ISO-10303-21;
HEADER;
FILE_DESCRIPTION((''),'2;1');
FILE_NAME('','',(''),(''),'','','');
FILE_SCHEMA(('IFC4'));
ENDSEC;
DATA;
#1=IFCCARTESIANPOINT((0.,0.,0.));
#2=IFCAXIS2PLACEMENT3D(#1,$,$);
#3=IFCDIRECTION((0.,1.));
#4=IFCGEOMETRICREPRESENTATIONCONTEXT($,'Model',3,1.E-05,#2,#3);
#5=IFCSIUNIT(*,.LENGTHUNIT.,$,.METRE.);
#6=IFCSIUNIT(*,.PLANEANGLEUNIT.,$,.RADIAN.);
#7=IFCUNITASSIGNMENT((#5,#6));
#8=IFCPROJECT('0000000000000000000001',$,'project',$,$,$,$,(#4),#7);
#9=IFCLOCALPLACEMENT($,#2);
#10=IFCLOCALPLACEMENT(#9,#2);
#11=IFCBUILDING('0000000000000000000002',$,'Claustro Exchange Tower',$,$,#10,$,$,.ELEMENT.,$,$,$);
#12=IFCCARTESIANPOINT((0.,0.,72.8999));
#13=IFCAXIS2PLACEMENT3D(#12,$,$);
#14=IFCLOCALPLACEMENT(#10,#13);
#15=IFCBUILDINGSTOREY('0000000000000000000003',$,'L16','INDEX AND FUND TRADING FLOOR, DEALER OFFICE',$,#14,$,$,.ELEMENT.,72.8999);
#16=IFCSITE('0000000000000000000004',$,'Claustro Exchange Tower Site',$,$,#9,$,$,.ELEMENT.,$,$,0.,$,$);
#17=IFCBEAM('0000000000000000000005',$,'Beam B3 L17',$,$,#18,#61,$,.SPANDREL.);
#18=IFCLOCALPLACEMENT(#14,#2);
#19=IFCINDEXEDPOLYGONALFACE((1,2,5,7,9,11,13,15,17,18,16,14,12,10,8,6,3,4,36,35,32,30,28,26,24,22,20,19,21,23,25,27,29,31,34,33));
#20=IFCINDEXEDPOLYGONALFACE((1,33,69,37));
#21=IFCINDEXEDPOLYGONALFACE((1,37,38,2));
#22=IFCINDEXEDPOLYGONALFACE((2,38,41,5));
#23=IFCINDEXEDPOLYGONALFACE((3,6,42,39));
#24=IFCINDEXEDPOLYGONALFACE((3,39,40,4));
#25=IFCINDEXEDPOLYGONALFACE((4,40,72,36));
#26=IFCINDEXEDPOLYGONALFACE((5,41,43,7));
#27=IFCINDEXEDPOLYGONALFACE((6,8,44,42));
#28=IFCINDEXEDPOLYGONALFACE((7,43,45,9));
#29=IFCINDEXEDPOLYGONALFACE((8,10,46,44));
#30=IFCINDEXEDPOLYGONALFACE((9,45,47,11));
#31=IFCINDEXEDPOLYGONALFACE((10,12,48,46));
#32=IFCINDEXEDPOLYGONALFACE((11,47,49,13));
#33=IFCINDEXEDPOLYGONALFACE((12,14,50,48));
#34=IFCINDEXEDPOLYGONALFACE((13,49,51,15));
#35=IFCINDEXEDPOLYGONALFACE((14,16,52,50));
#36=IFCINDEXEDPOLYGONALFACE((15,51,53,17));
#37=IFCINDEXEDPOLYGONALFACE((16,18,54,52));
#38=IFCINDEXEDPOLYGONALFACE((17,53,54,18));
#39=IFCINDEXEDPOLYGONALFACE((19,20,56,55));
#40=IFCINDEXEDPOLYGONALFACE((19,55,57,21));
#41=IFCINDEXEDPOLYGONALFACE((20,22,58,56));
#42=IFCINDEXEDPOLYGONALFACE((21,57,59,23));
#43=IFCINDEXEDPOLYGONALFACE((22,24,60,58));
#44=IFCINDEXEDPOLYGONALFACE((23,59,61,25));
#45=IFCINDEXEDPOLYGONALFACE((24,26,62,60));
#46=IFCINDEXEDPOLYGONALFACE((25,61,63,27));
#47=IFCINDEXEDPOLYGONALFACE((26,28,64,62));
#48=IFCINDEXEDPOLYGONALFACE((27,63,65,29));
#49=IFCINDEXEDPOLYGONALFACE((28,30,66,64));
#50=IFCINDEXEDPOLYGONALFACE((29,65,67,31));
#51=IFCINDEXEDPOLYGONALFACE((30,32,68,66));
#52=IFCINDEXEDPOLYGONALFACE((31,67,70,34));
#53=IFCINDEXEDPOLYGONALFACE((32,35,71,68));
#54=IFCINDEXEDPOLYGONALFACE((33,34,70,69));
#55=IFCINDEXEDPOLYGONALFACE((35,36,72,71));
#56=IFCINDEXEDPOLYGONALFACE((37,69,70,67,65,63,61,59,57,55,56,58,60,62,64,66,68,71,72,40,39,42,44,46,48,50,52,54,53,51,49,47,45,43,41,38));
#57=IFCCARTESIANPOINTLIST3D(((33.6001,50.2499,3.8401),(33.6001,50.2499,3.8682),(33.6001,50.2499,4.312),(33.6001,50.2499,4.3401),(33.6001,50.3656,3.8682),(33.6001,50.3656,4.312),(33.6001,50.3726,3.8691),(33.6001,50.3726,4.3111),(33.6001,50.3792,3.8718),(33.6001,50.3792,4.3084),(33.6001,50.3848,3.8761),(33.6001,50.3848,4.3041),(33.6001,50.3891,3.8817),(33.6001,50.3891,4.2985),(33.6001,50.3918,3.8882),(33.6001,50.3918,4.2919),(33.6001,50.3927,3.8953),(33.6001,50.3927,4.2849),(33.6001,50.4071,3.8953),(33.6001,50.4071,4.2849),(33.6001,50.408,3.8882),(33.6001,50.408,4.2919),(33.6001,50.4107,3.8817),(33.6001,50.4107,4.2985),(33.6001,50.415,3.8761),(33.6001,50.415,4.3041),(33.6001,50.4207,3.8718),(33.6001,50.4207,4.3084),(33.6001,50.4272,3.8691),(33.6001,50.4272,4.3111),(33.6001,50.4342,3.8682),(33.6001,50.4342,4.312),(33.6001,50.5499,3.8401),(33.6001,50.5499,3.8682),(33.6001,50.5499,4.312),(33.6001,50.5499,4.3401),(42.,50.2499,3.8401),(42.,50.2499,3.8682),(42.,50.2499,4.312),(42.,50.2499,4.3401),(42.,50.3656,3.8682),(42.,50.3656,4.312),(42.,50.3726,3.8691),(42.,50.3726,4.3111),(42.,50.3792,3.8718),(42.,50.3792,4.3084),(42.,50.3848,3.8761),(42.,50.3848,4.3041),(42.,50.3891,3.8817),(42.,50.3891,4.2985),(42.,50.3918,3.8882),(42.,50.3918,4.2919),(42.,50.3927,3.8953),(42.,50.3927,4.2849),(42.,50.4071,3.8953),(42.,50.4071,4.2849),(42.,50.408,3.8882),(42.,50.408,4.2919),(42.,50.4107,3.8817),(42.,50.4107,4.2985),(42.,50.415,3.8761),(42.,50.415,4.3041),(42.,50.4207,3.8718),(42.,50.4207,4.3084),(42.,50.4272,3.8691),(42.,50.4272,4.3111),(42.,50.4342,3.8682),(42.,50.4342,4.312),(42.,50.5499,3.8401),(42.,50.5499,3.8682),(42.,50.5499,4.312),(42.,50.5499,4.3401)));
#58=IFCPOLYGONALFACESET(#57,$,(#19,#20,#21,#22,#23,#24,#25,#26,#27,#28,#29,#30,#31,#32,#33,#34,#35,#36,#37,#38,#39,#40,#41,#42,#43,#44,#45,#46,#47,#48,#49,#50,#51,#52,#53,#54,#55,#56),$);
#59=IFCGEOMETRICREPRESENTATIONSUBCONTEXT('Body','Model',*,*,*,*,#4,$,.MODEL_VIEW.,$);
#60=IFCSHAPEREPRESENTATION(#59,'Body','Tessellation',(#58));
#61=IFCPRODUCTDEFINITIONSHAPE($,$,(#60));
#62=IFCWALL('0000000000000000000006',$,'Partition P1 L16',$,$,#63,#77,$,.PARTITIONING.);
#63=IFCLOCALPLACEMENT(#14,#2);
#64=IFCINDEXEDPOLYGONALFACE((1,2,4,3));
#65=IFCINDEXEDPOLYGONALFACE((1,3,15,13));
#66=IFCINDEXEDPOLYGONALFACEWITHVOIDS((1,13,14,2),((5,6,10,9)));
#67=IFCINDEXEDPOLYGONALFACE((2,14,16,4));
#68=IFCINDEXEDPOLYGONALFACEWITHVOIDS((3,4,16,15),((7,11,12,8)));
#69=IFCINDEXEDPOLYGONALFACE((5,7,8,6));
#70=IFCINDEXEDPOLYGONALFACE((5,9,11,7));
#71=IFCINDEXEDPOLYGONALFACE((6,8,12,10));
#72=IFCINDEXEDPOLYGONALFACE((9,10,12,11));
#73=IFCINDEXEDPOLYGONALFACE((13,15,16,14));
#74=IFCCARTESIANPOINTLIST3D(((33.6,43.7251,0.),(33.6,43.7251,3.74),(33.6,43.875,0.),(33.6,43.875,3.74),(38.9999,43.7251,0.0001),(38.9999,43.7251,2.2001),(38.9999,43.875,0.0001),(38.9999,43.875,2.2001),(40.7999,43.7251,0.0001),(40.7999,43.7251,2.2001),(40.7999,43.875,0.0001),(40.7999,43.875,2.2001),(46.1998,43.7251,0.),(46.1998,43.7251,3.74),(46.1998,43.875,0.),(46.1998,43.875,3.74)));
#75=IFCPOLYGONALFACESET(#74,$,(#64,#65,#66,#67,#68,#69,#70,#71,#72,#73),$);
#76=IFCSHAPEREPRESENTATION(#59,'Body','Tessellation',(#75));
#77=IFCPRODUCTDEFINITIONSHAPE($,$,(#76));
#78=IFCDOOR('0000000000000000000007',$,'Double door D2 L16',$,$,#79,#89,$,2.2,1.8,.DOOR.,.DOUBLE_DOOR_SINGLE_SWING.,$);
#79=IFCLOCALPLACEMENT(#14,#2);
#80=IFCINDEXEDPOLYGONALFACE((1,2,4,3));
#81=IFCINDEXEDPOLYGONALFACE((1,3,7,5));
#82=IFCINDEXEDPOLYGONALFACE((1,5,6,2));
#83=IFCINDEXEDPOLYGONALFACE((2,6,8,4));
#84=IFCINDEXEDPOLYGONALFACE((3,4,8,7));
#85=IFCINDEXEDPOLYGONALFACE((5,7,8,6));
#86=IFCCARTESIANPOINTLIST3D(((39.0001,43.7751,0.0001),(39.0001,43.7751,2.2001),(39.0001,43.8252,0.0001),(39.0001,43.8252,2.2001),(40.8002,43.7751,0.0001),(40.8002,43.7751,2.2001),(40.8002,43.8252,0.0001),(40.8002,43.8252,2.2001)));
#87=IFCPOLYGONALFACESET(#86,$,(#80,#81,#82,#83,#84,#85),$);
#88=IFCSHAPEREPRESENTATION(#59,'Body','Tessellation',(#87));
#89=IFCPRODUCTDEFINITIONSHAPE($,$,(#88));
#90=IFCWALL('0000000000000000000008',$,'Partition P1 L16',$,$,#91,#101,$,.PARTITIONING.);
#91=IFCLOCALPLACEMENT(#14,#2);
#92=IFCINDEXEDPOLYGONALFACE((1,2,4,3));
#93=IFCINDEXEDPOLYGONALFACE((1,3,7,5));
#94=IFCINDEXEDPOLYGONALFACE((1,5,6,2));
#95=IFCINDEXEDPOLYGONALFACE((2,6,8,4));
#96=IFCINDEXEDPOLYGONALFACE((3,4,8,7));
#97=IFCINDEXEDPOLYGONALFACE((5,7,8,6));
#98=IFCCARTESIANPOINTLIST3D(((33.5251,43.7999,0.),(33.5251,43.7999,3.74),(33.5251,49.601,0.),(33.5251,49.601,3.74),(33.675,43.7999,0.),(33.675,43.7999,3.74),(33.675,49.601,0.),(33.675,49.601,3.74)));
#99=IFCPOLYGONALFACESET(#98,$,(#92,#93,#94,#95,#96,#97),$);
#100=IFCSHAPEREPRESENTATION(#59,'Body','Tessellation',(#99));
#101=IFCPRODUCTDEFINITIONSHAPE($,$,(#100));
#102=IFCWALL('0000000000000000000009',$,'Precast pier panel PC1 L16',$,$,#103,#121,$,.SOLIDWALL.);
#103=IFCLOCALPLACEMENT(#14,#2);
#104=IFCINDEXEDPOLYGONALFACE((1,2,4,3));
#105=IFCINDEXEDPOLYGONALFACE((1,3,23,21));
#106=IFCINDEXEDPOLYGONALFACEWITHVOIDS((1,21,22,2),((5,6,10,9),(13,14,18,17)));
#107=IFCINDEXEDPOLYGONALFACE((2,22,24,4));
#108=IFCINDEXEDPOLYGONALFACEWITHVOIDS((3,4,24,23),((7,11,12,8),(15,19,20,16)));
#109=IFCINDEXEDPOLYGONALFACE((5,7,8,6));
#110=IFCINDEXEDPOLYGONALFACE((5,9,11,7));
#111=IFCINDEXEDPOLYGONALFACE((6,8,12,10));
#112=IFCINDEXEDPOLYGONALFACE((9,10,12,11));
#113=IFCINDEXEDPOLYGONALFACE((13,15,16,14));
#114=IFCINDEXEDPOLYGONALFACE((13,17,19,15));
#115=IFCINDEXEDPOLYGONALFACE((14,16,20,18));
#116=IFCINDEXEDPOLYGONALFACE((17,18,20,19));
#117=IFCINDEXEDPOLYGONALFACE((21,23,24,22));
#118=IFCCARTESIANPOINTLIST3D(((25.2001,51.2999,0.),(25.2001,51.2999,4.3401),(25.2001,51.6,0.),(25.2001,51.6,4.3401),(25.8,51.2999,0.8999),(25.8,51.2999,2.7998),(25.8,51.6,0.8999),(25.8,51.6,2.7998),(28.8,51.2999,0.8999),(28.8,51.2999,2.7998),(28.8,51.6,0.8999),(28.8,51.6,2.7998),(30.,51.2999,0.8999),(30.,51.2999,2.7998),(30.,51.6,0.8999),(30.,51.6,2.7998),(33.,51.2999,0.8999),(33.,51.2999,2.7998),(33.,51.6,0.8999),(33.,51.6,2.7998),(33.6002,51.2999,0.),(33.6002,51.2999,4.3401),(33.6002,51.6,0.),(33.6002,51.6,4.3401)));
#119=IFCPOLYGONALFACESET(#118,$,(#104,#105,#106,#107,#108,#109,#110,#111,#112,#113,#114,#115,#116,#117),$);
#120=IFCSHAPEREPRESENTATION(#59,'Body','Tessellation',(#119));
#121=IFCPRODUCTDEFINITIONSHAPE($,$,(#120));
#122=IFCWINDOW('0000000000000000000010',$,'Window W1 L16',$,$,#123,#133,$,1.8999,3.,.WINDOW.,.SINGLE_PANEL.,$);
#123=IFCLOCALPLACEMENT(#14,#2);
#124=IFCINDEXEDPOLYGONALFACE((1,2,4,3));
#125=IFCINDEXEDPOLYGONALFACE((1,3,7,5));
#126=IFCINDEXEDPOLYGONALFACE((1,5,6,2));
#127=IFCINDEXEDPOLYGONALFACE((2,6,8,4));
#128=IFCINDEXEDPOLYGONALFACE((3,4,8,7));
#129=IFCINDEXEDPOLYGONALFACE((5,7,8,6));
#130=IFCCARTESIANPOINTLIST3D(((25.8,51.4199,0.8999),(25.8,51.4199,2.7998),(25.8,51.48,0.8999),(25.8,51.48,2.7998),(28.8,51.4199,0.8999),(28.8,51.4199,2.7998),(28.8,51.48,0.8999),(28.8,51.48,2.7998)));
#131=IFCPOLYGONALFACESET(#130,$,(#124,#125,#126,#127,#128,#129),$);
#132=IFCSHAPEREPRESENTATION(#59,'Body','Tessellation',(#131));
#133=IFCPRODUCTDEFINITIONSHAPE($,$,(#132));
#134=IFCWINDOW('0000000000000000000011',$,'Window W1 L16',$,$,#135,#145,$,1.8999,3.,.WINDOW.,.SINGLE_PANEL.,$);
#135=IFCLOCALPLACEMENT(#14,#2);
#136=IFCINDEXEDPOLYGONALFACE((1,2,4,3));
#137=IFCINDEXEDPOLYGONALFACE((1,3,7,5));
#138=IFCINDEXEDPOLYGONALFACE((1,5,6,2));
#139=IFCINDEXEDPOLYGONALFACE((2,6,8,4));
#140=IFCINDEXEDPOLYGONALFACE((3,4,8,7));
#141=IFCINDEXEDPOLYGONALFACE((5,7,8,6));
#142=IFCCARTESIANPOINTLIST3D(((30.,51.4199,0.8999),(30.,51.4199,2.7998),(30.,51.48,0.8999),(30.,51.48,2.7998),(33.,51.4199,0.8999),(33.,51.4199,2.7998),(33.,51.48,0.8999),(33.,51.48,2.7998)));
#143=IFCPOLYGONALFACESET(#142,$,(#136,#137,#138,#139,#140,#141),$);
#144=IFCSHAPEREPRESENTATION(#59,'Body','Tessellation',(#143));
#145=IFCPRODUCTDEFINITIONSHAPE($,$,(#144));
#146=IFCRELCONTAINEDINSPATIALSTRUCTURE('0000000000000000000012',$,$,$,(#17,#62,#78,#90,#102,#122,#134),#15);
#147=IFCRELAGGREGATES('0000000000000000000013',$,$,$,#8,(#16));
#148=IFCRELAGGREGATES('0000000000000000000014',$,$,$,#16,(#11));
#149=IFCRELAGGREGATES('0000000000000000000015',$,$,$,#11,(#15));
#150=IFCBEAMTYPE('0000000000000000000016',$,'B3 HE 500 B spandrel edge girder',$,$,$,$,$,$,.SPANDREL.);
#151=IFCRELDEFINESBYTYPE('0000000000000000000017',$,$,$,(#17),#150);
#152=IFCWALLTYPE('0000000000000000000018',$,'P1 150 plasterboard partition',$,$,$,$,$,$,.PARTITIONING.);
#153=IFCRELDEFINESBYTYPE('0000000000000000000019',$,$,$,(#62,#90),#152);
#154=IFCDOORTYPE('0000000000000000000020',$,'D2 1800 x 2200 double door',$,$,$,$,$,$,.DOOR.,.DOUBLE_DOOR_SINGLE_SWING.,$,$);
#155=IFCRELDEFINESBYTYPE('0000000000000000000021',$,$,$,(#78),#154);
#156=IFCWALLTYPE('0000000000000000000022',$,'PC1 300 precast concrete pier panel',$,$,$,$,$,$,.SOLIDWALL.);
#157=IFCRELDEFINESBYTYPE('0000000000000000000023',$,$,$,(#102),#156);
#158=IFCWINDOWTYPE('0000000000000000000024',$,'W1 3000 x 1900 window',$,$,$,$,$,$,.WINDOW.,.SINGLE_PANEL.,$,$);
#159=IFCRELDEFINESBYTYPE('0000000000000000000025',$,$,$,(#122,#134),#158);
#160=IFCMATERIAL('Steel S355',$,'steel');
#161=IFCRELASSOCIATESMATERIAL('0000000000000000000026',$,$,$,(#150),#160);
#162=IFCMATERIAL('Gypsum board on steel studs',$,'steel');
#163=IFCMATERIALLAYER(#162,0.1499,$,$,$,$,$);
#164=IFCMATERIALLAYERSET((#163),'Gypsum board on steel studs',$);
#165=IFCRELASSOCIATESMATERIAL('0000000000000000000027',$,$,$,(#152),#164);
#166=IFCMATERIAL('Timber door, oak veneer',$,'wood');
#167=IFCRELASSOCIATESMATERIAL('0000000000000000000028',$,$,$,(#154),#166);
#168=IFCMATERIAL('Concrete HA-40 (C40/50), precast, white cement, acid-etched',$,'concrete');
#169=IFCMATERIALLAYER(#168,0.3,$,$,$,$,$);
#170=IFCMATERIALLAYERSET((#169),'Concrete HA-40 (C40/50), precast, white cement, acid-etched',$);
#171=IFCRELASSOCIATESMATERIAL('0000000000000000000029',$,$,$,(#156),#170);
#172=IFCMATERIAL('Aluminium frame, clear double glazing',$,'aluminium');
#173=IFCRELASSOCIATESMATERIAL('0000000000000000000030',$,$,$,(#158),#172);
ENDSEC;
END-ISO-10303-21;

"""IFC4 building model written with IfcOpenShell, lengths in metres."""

from ifc_helpers import new_model, si_unit, direction, frame, frame_2d, origin, origin_2d, place, context, subcontext, project, spatial, rectangle, i_section, extrude, material, layer, layer_set, material_profile, profile_set, type_object, element, fill, save


model = new_model("IFC4")

# Units and contexts
model_context = context("Model", 3, precision=1e-05, world=origin(), true_north=direction((0.0, 1.0)))
body_context = subcontext(model_context, "Body", "Model", "MODEL_VIEW")
ifc_project = project(units=[si_unit("LENGTHUNIT", "METRE"), si_unit("PLANEANGLEUNIT", "RADIAN")], contexts=[model_context])

# Site, building, storey
site_placement = place(None, origin())
site = spatial("IfcSite", under=ifc_project, at=site_placement, Name="Claustro Exchange Tower Site", CompositionType="ELEMENT", RefElevation=0.0)
building_placement = place(site_placement, origin())
building = spatial("IfcBuilding", under=site, at=building_placement, Name="Claustro Exchange Tower", CompositionType="ELEMENT")
storey_placement = place(building_placement, frame((0.0, 0.0, 72.8999)))
storey = spatial("IfcBuildingStorey", under=building, at=storey_placement, Name="L16", Description="INDEX AND FUND TRADING FLOOR, DEALER OFFICE", CompositionType="ELEMENT", Elevation=72.8999)

# Beam
ifc_material_1 = material(Name="Steel S355", Category="steel")
ifc_material_profile_1 = material_profile(ifc_material_1, i_section(OverallWidth=0.3, OverallDepth=0.5, WebThickness=0.0144, FlangeThickness=0.0281, FilletRadius=0.0271, at=origin_2d()), Name="HE 500 B")
ifc_profile_set_1 = profile_set([ifc_material_profile_1], Name="Steel S355")
beam_type_1 = type_object("IfcBeamType", Name="B3 HE 500 B spandrel edge girder", PredefinedType="SPANDREL", material=ifc_profile_set_1)
beam_1_placement = place(storey_placement, frame((33.6001, 50.3999, 4.0901), z_axis=(1.0, 0.0, 0.0), x_axis=(0.0, 1.0, 0.0)))
element("IfcBeam", 1, at=beam_1_placement, inside=storey, type_object=beam_type_1, Name="Beam B3 L17", PredefinedType="SPANDREL", context=body_context, shape_type="SweptSolid", body=[
    extrude(i_section(OverallWidth=0.3, OverallDepth=0.5, WebThickness=0.0144, FlangeThickness=0.0281, FilletRadius=0.0271, at=origin_2d()), origin(), (0.0, 0.0, 1.0), 8.3999),
])

# Wall, opening, door
ifc_material_2 = material(Name="Gypsum board on steel studs", Category="steel")
ifc_layer_1 = layer(ifc_material_2, 0.1499)
ifc_layer_set_1 = layer_set([ifc_layer_1], Name="Gypsum board on steel studs")
wall_type_1 = type_object("IfcWallType", Name="P1 150 plasterboard partition", PredefinedType="PARTITIONING", material=ifc_layer_set_1)
wall_1_placement = place(storey_placement, frame((33.6001, 43.8, 0.0), z_axis=(0.0, 0.0, 1.0), x_axis=(1.0, 0.0, 0.0)))
wall_1 = element("IfcWall", 2, at=wall_1_placement, inside=storey, type_object=wall_type_1, Name="Partition P1 L16", PredefinedType="PARTITIONING", context=body_context, shape_type="SweptSolid", body=[
    extrude(rectangle(XDim=12.5999, YDim=0.1499, at=frame_2d((6.2998, 0.0))), origin(), (0.0, 0.0, 1.0), 3.74),
])
opening_1_placement = place(wall_1_placement, frame((5.3999, 0.0, 0.0)))
opening_1 = element("IfcOpeningElement", 3, at=opening_1_placement, cuts=wall_1, PredefinedType="OPENING", context=body_context, shape_type="SweptSolid", body=[
    extrude(rectangle(XDim=1.8, YDim=2.2, at=frame_2d((0.8999, 1.1001))), frame((0.0, 0.085, 0.0), z_axis=(0.0, -1.0, 0.0), x_axis=(1.0, 0.0, 0.0)), (0.0, 0.0, 1.0), 0.1699),
])
ifc_material_3 = material(Name="Timber door, oak veneer", Category="wood")
door_type = type_object("IfcDoorType", Name="D2 1800 x 2200 double door", OperationType="DOUBLE_DOOR_SINGLE_SWING", PredefinedType="DOOR", material=ifc_material_3)
door_placement = place(opening_1_placement, frame((1.8, 0.0, 0.0), z_axis=(0.0, 0.0, 1.0), x_axis=(-1.0, 0.0, 0.0)))
door = element("IfcDoor", 4, at=door_placement, inside=storey, type_object=door_type, Name="Double door D2 L16", OperationType="DOUBLE_DOOR_SINGLE_SWING", OverallHeight=2.2, OverallWidth=1.8, PredefinedType="DOOR", context=body_context, shape_type="SweptSolid", body=[
    extrude(rectangle(XDim=1.8, YDim=2.2, at=frame_2d((0.8999, 1.1001))), frame((0.0, 0.0249, 0.0), z_axis=(0.0, -1.0, 0.0), x_axis=(1.0, 0.0, 0.0)), (0.0, 0.0, 1.0), 0.05),
])
fill(opening_1, door)

# Wall
wall_2_placement = place(storey_placement, frame((33.6001, 43.8, 0.0), z_axis=(0.0, 0.0, 1.0), x_axis=(0.0, 1.0, 0.0)))
element("IfcWall", 5, at=wall_2_placement, inside=storey, type_object=wall_type_1, Name="Partition P1 L16", PredefinedType="PARTITIONING", context=body_context, shape_type="SweptSolid", body=[
    extrude(rectangle(XDim=5.801, YDim=0.1499, at=frame_2d((2.9004, 0.0))), origin(), (0.0, 0.0, 1.0), 3.74),
])

# Wall, openings, windows
ifc_material_4 = material(Name="Concrete HA-40 (C40/50), precast, white cement, acid-etched", Category="concrete")
ifc_layer_2 = layer(ifc_material_4, 0.3)
ifc_layer_set_2 = layer_set([ifc_layer_2], Name="Concrete HA-40 (C40/50), precast, white cement, acid-etched")
wall_type_2 = type_object("IfcWallType", Name="PC1 300 precast concrete pier panel", PredefinedType="SOLIDWALL", material=ifc_layer_set_2)
wall_3_placement = place(storey_placement, frame((25.2, 51.45, 0.0), z_axis=(0.0, 0.0, 1.0), x_axis=(1.0, 0.0, 0.0)))
wall_3 = element("IfcWall", 6, at=wall_3_placement, inside=storey, type_object=wall_type_2, Name="Precast pier panel PC1 L16", PredefinedType="SOLIDWALL", context=body_context, shape_type="SweptSolid", body=[
    extrude(rectangle(XDim=8.4001, YDim=0.3, at=frame_2d((4.2002, 0.0))), origin(), (0.0, 0.0, 1.0), 4.3401),
])
opening_2_placement = place(wall_3_placement, frame((0.6001, 0.0, 0.8999)))
opening_2 = element("IfcOpeningElement", 7, at=opening_2_placement, cuts=wall_3, PredefinedType="OPENING", context=body_context, shape_type="SweptSolid", body=[
    extrude(rectangle(XDim=3.0, YDim=1.8999, at=frame_2d((1.5, 0.95))), frame((0.0, 0.1599, 0.0), z_axis=(0.0, -1.0, 0.0), x_axis=(1.0, 0.0, 0.0)), (0.0, 0.0, 1.0), 0.3201),
])
opening_3_placement = place(wall_3_placement, frame((4.8, 0.0, 0.8999)))
opening_3 = element("IfcOpeningElement", 8, at=opening_3_placement, cuts=wall_3, PredefinedType="OPENING", context=body_context, shape_type="SweptSolid", body=[
    extrude(rectangle(XDim=3.0, YDim=1.8999, at=frame_2d((1.5, 0.95))), frame((0.0, 0.1599, 0.0), z_axis=(0.0, -1.0, 0.0), x_axis=(1.0, 0.0, 0.0)), (0.0, 0.0, 1.0), 0.3201),
])
ifc_material_5 = material(Name="Aluminium frame, clear double glazing", Category="aluminium")
window_type = type_object("IfcWindowType", Name="W1 3000 x 1900 window", PartitioningType="SINGLE_PANEL", PredefinedType="WINDOW", material=ifc_material_5)
window_1_placement = place(opening_2_placement, origin())
window_1 = element("IfcWindow", 9, at=window_1_placement, inside=storey, type_object=window_type, Name="Window W1 L16", OverallHeight=1.8999, OverallWidth=3.0, PartitioningType="SINGLE_PANEL", PredefinedType="WINDOW", context=body_context, shape_type="SweptSolid", body=[
    extrude(rectangle(XDim=3.0, YDim=1.8999, at=frame_2d((1.5, 0.95))), frame((0.0, 0.03, 0.0), z_axis=(0.0, -1.0, 0.0), x_axis=(1.0, 0.0, 0.0)), (0.0, 0.0, 1.0), 0.0601),
])
fill(opening_2, window_1)
window_2_placement = place(opening_3_placement, origin())
window_2 = element("IfcWindow", 10, at=window_2_placement, inside=storey, type_object=window_type, Name="Window W1 L16", OverallHeight=1.8999, OverallWidth=3.0, PartitioningType="SINGLE_PANEL", PredefinedType="WINDOW", context=body_context, shape_type="SweptSolid", body=[
    extrude(rectangle(XDim=3.0, YDim=1.8999, at=frame_2d((1.5, 0.95))), frame((0.0, 0.03, 0.0), z_axis=(0.0, -1.0, 0.0), x_axis=(1.0, 0.0, 0.0)), (0.0, 0.0, 1.0), 0.0601),
])
fill(opening_3, window_2)

save(model, "model.ifc")
